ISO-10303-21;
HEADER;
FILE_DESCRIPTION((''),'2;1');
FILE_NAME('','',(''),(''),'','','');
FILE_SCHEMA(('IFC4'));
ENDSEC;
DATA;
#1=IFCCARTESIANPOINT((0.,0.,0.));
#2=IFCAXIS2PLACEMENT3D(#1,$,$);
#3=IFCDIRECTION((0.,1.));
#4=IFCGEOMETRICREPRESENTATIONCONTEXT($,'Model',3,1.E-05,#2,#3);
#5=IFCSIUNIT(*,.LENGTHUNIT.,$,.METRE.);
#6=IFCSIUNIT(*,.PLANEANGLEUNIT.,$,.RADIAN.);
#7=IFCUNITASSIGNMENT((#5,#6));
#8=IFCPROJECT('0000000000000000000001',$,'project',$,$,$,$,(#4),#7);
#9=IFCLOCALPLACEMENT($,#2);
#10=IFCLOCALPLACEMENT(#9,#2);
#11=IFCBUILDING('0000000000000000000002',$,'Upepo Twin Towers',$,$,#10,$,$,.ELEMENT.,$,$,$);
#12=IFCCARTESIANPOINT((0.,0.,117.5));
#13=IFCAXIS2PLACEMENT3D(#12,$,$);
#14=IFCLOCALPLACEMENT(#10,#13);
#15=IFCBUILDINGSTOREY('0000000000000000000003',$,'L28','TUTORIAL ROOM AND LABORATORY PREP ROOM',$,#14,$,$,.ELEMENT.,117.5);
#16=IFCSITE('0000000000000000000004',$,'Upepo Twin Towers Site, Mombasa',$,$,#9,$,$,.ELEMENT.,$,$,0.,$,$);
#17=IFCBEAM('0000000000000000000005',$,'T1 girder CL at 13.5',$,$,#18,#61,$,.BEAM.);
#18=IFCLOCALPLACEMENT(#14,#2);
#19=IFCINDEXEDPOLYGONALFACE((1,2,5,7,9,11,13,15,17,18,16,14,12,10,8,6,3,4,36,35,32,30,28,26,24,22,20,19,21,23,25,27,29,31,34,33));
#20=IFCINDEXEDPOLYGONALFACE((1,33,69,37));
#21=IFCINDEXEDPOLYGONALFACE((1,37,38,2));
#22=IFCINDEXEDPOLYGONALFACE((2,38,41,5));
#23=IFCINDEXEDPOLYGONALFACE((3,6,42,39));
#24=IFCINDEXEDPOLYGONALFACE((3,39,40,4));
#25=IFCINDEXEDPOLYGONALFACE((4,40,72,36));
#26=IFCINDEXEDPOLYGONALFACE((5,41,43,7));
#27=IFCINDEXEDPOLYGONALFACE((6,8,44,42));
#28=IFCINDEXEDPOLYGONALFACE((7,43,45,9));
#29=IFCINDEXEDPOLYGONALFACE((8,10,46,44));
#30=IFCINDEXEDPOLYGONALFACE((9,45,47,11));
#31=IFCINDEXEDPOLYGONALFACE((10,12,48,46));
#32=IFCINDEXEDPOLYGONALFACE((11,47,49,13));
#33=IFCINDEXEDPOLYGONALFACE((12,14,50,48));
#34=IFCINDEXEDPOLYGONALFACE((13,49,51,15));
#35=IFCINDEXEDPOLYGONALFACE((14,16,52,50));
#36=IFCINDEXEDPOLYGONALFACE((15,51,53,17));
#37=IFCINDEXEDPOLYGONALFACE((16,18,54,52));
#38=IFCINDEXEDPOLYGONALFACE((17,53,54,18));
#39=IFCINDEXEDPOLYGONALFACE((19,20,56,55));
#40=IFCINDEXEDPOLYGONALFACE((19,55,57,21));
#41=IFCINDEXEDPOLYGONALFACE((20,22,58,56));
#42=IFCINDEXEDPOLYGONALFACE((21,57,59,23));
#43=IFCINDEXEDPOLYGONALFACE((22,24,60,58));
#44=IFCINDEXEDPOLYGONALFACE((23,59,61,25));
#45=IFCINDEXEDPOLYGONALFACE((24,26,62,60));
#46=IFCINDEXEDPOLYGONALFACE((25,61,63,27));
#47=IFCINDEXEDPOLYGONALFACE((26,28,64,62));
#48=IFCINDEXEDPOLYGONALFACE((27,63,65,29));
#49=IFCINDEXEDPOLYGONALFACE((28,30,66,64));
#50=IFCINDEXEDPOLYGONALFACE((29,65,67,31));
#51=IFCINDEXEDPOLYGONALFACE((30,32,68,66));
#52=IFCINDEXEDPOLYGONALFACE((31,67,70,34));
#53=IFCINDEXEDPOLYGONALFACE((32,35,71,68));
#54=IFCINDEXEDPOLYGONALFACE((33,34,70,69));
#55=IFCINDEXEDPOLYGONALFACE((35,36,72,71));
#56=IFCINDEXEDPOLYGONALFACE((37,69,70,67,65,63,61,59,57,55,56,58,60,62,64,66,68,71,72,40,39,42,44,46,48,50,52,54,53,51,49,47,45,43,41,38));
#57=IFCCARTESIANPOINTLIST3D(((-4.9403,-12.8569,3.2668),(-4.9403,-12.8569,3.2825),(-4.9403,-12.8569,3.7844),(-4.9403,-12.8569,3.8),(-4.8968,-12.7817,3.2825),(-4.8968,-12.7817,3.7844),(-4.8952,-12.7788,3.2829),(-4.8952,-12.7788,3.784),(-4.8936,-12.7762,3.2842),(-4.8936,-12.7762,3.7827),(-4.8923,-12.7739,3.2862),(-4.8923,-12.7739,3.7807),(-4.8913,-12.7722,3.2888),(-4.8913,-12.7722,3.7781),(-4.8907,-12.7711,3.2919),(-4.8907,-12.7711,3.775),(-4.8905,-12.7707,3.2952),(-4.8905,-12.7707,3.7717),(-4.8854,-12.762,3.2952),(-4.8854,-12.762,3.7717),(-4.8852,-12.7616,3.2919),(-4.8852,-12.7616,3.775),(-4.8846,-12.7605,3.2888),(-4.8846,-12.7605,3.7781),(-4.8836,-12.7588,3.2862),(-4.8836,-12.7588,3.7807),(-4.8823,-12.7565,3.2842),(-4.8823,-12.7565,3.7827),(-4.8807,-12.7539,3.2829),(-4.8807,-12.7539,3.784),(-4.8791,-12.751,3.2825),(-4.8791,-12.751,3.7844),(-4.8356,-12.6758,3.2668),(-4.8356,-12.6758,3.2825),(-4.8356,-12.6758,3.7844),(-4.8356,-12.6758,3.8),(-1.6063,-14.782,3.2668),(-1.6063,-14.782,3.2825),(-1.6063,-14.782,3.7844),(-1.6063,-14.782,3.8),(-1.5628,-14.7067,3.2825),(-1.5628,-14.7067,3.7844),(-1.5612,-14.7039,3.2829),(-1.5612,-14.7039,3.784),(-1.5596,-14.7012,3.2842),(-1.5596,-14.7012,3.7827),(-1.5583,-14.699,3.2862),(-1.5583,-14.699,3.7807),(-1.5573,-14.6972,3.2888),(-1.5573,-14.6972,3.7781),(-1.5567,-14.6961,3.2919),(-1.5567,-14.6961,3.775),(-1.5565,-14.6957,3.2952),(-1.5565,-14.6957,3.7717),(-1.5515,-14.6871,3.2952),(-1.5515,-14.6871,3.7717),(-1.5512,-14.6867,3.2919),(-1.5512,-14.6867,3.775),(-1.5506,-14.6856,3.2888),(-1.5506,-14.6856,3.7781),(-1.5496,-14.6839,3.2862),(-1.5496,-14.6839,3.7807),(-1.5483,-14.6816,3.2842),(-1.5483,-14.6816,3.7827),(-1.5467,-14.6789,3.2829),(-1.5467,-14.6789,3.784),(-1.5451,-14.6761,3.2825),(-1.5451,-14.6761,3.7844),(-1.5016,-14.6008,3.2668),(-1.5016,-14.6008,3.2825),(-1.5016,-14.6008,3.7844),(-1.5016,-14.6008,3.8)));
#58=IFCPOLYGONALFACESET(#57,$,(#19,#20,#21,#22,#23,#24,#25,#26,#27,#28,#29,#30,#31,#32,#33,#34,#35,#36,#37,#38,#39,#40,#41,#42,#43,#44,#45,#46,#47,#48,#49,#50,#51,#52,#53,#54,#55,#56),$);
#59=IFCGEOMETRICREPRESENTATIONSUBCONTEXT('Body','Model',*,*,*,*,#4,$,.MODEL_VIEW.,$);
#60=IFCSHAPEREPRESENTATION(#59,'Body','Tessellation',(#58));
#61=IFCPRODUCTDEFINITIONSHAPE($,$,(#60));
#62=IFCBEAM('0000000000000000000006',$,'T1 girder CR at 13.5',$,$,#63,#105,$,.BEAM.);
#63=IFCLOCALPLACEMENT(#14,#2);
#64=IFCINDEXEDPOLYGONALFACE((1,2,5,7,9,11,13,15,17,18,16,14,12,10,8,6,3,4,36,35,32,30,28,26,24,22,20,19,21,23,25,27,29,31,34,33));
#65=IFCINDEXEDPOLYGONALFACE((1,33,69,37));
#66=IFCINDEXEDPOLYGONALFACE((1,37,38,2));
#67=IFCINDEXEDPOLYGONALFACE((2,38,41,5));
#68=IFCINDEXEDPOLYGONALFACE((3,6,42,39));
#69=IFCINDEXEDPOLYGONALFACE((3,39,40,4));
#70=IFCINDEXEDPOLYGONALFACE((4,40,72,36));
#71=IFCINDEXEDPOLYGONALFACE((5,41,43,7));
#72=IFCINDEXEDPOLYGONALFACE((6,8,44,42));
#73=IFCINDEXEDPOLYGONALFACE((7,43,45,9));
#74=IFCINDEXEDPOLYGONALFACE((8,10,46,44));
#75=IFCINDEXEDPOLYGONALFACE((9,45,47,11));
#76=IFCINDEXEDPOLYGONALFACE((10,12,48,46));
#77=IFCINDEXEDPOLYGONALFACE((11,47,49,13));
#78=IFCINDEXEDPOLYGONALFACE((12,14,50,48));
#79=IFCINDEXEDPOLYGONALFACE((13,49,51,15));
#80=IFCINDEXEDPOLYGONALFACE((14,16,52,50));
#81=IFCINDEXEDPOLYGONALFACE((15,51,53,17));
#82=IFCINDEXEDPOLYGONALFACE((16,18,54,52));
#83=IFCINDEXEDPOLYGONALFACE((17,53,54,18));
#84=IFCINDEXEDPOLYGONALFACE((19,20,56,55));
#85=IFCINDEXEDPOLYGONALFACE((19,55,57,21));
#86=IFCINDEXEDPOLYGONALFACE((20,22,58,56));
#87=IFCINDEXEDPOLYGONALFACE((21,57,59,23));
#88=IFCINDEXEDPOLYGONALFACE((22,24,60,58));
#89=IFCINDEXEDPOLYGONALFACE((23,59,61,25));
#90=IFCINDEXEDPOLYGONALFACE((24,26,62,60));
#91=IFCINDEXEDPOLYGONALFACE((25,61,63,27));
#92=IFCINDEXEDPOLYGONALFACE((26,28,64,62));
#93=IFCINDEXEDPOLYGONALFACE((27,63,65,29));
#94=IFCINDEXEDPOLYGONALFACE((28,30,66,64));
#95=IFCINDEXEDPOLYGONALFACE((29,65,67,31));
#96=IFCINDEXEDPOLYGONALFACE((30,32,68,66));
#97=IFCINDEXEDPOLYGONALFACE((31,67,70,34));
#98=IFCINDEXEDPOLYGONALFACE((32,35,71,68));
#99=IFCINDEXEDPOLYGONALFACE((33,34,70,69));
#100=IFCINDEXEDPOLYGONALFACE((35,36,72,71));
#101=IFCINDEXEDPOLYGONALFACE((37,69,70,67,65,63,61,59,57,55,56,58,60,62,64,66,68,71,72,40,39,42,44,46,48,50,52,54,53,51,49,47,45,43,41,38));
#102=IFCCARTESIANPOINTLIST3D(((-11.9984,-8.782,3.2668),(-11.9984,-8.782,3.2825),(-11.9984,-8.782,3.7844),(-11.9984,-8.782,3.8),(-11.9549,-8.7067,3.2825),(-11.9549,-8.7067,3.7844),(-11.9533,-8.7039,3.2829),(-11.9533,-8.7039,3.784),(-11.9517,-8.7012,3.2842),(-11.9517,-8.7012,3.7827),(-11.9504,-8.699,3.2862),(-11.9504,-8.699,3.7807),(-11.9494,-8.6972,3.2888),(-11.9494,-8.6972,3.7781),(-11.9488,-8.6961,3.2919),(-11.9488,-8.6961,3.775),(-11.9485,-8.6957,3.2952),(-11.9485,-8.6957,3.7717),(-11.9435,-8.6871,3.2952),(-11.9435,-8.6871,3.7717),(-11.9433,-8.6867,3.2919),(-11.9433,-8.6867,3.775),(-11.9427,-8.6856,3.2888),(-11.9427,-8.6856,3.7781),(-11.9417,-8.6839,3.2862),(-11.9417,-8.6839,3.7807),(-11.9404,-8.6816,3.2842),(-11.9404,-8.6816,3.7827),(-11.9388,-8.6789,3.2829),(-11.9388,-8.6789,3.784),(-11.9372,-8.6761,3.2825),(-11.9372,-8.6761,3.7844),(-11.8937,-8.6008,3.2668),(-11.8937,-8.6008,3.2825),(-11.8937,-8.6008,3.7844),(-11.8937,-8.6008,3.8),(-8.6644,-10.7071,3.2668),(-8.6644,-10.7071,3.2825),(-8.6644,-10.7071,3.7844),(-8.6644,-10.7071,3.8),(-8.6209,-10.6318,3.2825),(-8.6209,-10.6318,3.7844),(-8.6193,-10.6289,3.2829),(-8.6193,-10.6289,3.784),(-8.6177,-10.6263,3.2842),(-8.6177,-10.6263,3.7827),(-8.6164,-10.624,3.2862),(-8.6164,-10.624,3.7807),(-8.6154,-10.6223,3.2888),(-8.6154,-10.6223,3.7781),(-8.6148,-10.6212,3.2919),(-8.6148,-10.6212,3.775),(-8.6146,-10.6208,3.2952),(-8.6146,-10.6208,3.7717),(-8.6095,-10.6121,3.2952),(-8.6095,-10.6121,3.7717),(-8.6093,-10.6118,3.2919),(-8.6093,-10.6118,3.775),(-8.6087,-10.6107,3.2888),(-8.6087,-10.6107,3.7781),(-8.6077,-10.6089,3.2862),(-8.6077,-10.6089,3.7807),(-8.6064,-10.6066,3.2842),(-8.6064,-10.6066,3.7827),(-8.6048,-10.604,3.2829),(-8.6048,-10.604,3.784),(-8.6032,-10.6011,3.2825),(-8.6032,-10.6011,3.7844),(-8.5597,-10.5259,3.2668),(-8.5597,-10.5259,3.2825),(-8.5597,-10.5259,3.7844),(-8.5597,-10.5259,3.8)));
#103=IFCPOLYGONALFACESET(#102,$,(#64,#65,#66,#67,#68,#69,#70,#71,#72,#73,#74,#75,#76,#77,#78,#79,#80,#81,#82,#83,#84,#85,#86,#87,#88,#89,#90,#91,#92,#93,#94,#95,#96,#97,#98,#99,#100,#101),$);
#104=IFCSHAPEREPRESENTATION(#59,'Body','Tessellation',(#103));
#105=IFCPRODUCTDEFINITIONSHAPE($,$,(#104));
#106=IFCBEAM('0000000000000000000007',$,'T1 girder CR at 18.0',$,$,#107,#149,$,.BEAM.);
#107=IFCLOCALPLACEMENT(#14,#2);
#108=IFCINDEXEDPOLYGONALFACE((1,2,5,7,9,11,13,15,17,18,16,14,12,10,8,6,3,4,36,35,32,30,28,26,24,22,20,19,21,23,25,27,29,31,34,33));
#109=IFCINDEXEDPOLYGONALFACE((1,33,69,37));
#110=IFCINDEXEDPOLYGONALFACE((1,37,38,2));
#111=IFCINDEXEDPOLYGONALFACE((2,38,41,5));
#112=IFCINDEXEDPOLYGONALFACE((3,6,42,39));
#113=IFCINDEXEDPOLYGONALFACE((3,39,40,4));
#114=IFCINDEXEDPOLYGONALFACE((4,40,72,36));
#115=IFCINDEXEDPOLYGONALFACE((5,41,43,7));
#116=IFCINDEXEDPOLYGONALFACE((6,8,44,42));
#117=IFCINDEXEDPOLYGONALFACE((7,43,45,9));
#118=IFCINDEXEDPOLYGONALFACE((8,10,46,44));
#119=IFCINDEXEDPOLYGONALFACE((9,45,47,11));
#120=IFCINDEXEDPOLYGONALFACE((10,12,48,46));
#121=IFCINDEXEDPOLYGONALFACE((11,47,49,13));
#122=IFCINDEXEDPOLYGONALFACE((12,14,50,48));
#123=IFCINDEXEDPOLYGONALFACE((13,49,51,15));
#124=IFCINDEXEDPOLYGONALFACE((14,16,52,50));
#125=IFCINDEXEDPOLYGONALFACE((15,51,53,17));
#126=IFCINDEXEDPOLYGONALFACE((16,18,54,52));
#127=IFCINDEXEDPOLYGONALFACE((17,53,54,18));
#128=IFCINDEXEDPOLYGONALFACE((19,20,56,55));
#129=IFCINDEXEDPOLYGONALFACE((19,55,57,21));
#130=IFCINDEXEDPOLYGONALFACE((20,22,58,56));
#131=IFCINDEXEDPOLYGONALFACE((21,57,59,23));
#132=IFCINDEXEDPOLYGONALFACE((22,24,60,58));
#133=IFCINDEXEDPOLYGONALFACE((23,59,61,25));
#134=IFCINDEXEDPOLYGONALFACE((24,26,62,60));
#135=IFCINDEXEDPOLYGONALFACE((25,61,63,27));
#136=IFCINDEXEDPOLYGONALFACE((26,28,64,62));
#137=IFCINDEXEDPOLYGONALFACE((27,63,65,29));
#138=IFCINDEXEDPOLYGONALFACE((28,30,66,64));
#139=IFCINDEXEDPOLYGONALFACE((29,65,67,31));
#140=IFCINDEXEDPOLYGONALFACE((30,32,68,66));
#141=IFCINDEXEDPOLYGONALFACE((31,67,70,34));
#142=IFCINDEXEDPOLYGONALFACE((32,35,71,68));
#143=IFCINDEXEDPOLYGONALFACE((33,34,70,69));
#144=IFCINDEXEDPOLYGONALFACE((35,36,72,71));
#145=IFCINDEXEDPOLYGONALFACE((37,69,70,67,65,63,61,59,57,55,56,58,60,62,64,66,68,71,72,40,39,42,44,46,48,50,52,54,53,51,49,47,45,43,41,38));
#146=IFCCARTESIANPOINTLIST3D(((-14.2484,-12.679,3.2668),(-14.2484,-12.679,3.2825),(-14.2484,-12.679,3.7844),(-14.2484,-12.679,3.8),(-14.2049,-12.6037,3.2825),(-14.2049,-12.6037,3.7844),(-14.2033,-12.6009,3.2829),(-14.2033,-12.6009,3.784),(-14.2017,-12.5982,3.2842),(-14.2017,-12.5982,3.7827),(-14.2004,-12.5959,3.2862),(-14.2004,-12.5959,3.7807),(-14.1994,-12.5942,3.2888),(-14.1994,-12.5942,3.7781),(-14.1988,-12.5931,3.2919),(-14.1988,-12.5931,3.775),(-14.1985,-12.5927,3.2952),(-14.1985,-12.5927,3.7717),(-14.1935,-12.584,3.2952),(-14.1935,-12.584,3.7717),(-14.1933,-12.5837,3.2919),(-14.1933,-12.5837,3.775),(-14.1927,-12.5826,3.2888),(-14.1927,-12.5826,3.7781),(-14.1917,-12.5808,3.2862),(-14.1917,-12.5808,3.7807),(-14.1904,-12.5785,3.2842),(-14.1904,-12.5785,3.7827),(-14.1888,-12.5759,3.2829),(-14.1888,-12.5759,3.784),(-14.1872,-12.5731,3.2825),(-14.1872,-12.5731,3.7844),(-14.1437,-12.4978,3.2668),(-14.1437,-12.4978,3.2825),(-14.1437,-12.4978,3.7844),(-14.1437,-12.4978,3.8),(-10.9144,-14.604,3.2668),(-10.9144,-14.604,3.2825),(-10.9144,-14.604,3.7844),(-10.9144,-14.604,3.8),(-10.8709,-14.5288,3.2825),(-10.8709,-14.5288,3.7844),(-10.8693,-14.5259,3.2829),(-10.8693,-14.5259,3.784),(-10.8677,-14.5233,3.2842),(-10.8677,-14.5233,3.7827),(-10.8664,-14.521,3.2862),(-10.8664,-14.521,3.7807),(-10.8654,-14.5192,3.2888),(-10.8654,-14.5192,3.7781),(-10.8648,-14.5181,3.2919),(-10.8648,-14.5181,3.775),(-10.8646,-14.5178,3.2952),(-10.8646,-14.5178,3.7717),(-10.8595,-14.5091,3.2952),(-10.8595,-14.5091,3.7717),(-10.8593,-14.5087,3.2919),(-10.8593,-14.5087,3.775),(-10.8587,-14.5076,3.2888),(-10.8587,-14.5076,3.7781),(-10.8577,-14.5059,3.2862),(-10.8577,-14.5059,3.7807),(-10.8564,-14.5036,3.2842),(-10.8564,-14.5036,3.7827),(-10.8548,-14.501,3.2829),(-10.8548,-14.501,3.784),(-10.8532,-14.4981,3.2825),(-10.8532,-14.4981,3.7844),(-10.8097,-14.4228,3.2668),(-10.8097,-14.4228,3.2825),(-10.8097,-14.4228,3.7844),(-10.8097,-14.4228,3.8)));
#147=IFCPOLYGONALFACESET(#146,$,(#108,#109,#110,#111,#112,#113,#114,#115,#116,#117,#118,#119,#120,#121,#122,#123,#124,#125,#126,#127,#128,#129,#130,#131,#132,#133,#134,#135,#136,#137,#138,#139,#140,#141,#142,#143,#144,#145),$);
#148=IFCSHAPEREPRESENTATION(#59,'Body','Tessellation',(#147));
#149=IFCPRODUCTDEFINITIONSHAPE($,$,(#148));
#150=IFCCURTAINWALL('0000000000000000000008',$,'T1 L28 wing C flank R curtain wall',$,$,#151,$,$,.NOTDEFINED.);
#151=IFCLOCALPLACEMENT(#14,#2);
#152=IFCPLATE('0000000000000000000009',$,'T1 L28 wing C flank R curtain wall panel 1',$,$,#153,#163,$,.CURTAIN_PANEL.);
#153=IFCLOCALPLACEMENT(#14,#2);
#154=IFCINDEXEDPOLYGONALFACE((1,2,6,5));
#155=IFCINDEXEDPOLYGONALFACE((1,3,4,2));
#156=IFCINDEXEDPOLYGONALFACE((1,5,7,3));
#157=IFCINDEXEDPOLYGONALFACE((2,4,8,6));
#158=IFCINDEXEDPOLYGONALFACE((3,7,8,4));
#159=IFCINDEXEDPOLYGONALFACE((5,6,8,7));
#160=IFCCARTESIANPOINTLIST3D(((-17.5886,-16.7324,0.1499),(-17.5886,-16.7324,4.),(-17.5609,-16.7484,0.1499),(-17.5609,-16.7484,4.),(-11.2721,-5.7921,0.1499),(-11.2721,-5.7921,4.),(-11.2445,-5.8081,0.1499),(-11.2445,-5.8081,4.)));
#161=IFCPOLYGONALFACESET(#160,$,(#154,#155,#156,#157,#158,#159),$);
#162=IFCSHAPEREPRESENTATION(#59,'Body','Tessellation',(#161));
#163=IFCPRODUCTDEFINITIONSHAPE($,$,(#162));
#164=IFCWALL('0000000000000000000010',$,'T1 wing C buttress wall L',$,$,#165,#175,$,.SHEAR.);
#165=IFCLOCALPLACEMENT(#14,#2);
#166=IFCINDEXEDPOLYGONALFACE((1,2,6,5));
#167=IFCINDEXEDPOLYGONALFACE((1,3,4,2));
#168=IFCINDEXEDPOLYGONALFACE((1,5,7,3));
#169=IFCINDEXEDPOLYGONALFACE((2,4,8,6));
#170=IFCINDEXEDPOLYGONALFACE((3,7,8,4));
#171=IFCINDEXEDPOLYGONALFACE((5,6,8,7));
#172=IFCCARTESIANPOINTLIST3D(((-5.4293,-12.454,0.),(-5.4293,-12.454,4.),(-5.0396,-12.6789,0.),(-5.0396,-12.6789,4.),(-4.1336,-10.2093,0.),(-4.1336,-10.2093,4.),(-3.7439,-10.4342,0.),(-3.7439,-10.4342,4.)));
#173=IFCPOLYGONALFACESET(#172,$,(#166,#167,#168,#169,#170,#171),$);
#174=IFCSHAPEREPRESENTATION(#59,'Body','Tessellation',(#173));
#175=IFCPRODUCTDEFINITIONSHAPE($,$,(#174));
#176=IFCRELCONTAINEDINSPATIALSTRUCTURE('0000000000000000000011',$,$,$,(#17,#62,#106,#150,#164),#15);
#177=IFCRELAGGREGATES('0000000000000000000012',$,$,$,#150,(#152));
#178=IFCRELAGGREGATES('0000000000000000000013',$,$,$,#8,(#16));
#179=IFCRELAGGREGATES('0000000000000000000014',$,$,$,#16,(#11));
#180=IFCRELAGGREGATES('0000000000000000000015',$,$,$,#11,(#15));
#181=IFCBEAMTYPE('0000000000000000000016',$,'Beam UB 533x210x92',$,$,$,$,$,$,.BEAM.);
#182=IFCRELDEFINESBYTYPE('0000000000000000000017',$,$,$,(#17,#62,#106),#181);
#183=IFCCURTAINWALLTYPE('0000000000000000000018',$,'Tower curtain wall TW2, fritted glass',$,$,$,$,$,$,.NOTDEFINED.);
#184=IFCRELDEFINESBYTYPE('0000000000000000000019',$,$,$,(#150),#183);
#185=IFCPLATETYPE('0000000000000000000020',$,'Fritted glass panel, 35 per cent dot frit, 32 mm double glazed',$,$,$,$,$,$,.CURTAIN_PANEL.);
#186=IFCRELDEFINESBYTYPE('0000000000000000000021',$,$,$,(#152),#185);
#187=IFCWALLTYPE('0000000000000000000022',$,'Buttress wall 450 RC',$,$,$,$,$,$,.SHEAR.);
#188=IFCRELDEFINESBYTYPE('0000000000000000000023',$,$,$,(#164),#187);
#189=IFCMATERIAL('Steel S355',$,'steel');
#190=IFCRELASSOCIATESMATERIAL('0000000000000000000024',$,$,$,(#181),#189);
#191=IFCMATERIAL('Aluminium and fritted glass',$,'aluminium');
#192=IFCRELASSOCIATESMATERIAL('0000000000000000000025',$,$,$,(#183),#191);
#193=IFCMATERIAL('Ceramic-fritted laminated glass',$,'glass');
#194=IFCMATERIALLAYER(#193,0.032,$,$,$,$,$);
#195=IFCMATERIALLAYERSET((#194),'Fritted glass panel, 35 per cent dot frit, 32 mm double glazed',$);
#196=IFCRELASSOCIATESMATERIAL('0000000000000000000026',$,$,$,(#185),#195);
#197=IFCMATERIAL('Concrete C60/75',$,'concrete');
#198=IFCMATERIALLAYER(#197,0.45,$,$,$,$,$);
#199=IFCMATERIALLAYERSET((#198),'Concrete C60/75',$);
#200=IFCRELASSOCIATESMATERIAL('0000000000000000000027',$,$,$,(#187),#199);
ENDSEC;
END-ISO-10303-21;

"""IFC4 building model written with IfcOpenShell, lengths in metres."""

from ifc_helpers import new_model, si_unit, direction, frame, frame_2d, origin, origin_2d, place, context, subcontext, project, spatial, rectangle, i_section, extrude, material, layer, layer_set, material_profile, profile_set, type_object, element, aggregate, save


model = new_model("IFC4")

# Units and contexts
model_context = context("Model", 3, precision=1e-05, world=origin(), true_north=direction((0.0, 1.0)))
body_context = subcontext(model_context, "Body", "Model", "MODEL_VIEW")
ifc_project = project(units=[si_unit("LENGTHUNIT", "METRE"), si_unit("PLANEANGLEUNIT", "RADIAN")], contexts=[model_context])

# Site, building, storey
site_placement = place(None, origin())
site = spatial("IfcSite", under=ifc_project, at=site_placement, Name="Upepo Twin Towers Site, Mombasa", CompositionType="ELEMENT", RefElevation=0.0)
building_placement = place(site_placement, origin())
building = spatial("IfcBuilding", under=site, at=building_placement, Name="Upepo Twin Towers", CompositionType="ELEMENT")
storey_placement = place(building_placement, frame((0.0, 0.0, 117.5)))
storey = spatial("IfcBuildingStorey", under=building, at=storey_placement, Name="L28", Description="TUTORIAL ROOM AND LABORATORY PREP ROOM", CompositionType="ELEMENT", Elevation=117.5)

# Beams
ifc_material_1 = material(Name="Steel S355", Category="steel")
ifc_material_profile_1 = material_profile(ifc_material_1, i_section(OverallWidth=0.2092, OverallDepth=0.5332, WebThickness=0.01, FlangeThickness=0.0156, FilletRadius=0.0127, at=origin_2d()), Name="UB 533x210x92")
ifc_profile_set_1 = profile_set([ifc_material_profile_1], Name="Steel S355")
beam_type_1 = type_object("IfcBeamType", Name="Beam UB 533x210x92", PredefinedType="BEAM", material=ifc_profile_set_1)
for number, where, z_axis, x_axis, name in (
    (1, (-1.554, -14.6914, 3.5334), (-0.866006, 0.500034, 0.0), (-0.500034, -0.866006, 0.0), "T1 girder CL at 13.5"),
    (2, (-11.946, -8.6914, 3.5334), (0.866006, -0.500034, 0.0), (0.500034, 0.866006, 0.0), "T1 girder CR at 13.5"),
    (3, (-14.196, -12.5884, 3.5334), (0.866006, -0.500034, 0.0), (0.500034, 0.866006, 0.0), "T1 girder CR at 18.0"),
):
    element("IfcBeam", number, at=place(storey_placement, frame(where, z_axis=z_axis, x_axis=x_axis)), inside=storey, type_object=beam_type_1, Name=name, PredefinedType="BEAM", context=body_context, shape_type="SweptSolid", body=[
        extrude(i_section(OverallWidth=0.2092, OverallDepth=0.5332, WebThickness=0.01, FlangeThickness=0.0156, FilletRadius=0.0127, at=origin_2d()), origin(), (0.0, 0.0, 1.0), 3.8499),
    ])

# Curtain wall, plate
ifc_material_2 = material(Name="Aluminium and fritted glass", Category="aluminium")
curtain_wall_type = type_object("IfcCurtainWallType", Name="Tower curtain wall TW2, fritted glass", PredefinedType="NOTDEFINED", material=ifc_material_2)
curtain_wall_placement = place(storey_placement, origin())
curtain_wall = element("IfcCurtainWall", 4, at=curtain_wall_placement, inside=storey, type_object=curtain_wall_type, Name="T1 L28 wing C flank R curtain wall", PredefinedType="NOTDEFINED")
ifc_material_3 = material(Name="Ceramic-fritted laminated glass", Category="glass")
ifc_layer_1 = layer(ifc_material_3, 0.032)
ifc_layer_set_1 = layer_set([ifc_layer_1], Name="Fritted glass panel, 35 per cent dot frit, 32 mm double glazed")
plate_type = type_object("IfcPlateType", Name="Fritted glass panel, 35 per cent dot frit, 32 mm double glazed", PredefinedType="CURTAIN_PANEL", material=ifc_layer_set_1)
plate_placement = place(storey_placement, frame((-14.4165, -11.2703, 0.1499), z_axis=(0.0, 0.0, 1.0), x_axis=(0.5, 0.866025, 0.0)))
plate = element("IfcPlate", 5, at=plate_placement, type_object=plate_type, Name="T1 L28 wing C flank R curtain wall panel 1", PredefinedType="CURTAIN_PANEL", context=body_context, shape_type="SweptSolid", body=[
    extrude(rectangle(XDim=12.6328, YDim=0.032, at=origin_2d()), origin(), (0.0, 0.0, 1.0), 3.8501),
])
aggregate(curtain_wall, [plate])

# Wall
ifc_material_4 = material(Name="Concrete C60/75", Category="concrete")
ifc_layer_2 = layer(ifc_material_4, 0.45)
ifc_layer_set_2 = layer_set([ifc_layer_2], Name="Concrete C60/75")
wall_type_1 = type_object("IfcWallType", Name="Buttress wall 450 RC", PredefinedType="SHEAR", material=ifc_layer_set_2)
wall_1_placement = place(storey_placement, frame((-3.9387, -10.3218, 0.0), z_axis=(0.0, 0.0, 1.0), x_axis=(-0.499918, -0.866073, 0.0)))
element("IfcWall", 6, at=wall_1_placement, inside=storey, type_object=wall_type_1, Name="T1 wing C buttress wall L", PredefinedType="SHEAR", context=body_context, shape_type="SweptSolid", body=[
    extrude(rectangle(XDim=2.5918, YDim=0.45, at=frame_2d((1.2959, 0.0))), origin(), (0.0, 0.0, 1.0), 4.0),
])

save(model, "model.ifc")
